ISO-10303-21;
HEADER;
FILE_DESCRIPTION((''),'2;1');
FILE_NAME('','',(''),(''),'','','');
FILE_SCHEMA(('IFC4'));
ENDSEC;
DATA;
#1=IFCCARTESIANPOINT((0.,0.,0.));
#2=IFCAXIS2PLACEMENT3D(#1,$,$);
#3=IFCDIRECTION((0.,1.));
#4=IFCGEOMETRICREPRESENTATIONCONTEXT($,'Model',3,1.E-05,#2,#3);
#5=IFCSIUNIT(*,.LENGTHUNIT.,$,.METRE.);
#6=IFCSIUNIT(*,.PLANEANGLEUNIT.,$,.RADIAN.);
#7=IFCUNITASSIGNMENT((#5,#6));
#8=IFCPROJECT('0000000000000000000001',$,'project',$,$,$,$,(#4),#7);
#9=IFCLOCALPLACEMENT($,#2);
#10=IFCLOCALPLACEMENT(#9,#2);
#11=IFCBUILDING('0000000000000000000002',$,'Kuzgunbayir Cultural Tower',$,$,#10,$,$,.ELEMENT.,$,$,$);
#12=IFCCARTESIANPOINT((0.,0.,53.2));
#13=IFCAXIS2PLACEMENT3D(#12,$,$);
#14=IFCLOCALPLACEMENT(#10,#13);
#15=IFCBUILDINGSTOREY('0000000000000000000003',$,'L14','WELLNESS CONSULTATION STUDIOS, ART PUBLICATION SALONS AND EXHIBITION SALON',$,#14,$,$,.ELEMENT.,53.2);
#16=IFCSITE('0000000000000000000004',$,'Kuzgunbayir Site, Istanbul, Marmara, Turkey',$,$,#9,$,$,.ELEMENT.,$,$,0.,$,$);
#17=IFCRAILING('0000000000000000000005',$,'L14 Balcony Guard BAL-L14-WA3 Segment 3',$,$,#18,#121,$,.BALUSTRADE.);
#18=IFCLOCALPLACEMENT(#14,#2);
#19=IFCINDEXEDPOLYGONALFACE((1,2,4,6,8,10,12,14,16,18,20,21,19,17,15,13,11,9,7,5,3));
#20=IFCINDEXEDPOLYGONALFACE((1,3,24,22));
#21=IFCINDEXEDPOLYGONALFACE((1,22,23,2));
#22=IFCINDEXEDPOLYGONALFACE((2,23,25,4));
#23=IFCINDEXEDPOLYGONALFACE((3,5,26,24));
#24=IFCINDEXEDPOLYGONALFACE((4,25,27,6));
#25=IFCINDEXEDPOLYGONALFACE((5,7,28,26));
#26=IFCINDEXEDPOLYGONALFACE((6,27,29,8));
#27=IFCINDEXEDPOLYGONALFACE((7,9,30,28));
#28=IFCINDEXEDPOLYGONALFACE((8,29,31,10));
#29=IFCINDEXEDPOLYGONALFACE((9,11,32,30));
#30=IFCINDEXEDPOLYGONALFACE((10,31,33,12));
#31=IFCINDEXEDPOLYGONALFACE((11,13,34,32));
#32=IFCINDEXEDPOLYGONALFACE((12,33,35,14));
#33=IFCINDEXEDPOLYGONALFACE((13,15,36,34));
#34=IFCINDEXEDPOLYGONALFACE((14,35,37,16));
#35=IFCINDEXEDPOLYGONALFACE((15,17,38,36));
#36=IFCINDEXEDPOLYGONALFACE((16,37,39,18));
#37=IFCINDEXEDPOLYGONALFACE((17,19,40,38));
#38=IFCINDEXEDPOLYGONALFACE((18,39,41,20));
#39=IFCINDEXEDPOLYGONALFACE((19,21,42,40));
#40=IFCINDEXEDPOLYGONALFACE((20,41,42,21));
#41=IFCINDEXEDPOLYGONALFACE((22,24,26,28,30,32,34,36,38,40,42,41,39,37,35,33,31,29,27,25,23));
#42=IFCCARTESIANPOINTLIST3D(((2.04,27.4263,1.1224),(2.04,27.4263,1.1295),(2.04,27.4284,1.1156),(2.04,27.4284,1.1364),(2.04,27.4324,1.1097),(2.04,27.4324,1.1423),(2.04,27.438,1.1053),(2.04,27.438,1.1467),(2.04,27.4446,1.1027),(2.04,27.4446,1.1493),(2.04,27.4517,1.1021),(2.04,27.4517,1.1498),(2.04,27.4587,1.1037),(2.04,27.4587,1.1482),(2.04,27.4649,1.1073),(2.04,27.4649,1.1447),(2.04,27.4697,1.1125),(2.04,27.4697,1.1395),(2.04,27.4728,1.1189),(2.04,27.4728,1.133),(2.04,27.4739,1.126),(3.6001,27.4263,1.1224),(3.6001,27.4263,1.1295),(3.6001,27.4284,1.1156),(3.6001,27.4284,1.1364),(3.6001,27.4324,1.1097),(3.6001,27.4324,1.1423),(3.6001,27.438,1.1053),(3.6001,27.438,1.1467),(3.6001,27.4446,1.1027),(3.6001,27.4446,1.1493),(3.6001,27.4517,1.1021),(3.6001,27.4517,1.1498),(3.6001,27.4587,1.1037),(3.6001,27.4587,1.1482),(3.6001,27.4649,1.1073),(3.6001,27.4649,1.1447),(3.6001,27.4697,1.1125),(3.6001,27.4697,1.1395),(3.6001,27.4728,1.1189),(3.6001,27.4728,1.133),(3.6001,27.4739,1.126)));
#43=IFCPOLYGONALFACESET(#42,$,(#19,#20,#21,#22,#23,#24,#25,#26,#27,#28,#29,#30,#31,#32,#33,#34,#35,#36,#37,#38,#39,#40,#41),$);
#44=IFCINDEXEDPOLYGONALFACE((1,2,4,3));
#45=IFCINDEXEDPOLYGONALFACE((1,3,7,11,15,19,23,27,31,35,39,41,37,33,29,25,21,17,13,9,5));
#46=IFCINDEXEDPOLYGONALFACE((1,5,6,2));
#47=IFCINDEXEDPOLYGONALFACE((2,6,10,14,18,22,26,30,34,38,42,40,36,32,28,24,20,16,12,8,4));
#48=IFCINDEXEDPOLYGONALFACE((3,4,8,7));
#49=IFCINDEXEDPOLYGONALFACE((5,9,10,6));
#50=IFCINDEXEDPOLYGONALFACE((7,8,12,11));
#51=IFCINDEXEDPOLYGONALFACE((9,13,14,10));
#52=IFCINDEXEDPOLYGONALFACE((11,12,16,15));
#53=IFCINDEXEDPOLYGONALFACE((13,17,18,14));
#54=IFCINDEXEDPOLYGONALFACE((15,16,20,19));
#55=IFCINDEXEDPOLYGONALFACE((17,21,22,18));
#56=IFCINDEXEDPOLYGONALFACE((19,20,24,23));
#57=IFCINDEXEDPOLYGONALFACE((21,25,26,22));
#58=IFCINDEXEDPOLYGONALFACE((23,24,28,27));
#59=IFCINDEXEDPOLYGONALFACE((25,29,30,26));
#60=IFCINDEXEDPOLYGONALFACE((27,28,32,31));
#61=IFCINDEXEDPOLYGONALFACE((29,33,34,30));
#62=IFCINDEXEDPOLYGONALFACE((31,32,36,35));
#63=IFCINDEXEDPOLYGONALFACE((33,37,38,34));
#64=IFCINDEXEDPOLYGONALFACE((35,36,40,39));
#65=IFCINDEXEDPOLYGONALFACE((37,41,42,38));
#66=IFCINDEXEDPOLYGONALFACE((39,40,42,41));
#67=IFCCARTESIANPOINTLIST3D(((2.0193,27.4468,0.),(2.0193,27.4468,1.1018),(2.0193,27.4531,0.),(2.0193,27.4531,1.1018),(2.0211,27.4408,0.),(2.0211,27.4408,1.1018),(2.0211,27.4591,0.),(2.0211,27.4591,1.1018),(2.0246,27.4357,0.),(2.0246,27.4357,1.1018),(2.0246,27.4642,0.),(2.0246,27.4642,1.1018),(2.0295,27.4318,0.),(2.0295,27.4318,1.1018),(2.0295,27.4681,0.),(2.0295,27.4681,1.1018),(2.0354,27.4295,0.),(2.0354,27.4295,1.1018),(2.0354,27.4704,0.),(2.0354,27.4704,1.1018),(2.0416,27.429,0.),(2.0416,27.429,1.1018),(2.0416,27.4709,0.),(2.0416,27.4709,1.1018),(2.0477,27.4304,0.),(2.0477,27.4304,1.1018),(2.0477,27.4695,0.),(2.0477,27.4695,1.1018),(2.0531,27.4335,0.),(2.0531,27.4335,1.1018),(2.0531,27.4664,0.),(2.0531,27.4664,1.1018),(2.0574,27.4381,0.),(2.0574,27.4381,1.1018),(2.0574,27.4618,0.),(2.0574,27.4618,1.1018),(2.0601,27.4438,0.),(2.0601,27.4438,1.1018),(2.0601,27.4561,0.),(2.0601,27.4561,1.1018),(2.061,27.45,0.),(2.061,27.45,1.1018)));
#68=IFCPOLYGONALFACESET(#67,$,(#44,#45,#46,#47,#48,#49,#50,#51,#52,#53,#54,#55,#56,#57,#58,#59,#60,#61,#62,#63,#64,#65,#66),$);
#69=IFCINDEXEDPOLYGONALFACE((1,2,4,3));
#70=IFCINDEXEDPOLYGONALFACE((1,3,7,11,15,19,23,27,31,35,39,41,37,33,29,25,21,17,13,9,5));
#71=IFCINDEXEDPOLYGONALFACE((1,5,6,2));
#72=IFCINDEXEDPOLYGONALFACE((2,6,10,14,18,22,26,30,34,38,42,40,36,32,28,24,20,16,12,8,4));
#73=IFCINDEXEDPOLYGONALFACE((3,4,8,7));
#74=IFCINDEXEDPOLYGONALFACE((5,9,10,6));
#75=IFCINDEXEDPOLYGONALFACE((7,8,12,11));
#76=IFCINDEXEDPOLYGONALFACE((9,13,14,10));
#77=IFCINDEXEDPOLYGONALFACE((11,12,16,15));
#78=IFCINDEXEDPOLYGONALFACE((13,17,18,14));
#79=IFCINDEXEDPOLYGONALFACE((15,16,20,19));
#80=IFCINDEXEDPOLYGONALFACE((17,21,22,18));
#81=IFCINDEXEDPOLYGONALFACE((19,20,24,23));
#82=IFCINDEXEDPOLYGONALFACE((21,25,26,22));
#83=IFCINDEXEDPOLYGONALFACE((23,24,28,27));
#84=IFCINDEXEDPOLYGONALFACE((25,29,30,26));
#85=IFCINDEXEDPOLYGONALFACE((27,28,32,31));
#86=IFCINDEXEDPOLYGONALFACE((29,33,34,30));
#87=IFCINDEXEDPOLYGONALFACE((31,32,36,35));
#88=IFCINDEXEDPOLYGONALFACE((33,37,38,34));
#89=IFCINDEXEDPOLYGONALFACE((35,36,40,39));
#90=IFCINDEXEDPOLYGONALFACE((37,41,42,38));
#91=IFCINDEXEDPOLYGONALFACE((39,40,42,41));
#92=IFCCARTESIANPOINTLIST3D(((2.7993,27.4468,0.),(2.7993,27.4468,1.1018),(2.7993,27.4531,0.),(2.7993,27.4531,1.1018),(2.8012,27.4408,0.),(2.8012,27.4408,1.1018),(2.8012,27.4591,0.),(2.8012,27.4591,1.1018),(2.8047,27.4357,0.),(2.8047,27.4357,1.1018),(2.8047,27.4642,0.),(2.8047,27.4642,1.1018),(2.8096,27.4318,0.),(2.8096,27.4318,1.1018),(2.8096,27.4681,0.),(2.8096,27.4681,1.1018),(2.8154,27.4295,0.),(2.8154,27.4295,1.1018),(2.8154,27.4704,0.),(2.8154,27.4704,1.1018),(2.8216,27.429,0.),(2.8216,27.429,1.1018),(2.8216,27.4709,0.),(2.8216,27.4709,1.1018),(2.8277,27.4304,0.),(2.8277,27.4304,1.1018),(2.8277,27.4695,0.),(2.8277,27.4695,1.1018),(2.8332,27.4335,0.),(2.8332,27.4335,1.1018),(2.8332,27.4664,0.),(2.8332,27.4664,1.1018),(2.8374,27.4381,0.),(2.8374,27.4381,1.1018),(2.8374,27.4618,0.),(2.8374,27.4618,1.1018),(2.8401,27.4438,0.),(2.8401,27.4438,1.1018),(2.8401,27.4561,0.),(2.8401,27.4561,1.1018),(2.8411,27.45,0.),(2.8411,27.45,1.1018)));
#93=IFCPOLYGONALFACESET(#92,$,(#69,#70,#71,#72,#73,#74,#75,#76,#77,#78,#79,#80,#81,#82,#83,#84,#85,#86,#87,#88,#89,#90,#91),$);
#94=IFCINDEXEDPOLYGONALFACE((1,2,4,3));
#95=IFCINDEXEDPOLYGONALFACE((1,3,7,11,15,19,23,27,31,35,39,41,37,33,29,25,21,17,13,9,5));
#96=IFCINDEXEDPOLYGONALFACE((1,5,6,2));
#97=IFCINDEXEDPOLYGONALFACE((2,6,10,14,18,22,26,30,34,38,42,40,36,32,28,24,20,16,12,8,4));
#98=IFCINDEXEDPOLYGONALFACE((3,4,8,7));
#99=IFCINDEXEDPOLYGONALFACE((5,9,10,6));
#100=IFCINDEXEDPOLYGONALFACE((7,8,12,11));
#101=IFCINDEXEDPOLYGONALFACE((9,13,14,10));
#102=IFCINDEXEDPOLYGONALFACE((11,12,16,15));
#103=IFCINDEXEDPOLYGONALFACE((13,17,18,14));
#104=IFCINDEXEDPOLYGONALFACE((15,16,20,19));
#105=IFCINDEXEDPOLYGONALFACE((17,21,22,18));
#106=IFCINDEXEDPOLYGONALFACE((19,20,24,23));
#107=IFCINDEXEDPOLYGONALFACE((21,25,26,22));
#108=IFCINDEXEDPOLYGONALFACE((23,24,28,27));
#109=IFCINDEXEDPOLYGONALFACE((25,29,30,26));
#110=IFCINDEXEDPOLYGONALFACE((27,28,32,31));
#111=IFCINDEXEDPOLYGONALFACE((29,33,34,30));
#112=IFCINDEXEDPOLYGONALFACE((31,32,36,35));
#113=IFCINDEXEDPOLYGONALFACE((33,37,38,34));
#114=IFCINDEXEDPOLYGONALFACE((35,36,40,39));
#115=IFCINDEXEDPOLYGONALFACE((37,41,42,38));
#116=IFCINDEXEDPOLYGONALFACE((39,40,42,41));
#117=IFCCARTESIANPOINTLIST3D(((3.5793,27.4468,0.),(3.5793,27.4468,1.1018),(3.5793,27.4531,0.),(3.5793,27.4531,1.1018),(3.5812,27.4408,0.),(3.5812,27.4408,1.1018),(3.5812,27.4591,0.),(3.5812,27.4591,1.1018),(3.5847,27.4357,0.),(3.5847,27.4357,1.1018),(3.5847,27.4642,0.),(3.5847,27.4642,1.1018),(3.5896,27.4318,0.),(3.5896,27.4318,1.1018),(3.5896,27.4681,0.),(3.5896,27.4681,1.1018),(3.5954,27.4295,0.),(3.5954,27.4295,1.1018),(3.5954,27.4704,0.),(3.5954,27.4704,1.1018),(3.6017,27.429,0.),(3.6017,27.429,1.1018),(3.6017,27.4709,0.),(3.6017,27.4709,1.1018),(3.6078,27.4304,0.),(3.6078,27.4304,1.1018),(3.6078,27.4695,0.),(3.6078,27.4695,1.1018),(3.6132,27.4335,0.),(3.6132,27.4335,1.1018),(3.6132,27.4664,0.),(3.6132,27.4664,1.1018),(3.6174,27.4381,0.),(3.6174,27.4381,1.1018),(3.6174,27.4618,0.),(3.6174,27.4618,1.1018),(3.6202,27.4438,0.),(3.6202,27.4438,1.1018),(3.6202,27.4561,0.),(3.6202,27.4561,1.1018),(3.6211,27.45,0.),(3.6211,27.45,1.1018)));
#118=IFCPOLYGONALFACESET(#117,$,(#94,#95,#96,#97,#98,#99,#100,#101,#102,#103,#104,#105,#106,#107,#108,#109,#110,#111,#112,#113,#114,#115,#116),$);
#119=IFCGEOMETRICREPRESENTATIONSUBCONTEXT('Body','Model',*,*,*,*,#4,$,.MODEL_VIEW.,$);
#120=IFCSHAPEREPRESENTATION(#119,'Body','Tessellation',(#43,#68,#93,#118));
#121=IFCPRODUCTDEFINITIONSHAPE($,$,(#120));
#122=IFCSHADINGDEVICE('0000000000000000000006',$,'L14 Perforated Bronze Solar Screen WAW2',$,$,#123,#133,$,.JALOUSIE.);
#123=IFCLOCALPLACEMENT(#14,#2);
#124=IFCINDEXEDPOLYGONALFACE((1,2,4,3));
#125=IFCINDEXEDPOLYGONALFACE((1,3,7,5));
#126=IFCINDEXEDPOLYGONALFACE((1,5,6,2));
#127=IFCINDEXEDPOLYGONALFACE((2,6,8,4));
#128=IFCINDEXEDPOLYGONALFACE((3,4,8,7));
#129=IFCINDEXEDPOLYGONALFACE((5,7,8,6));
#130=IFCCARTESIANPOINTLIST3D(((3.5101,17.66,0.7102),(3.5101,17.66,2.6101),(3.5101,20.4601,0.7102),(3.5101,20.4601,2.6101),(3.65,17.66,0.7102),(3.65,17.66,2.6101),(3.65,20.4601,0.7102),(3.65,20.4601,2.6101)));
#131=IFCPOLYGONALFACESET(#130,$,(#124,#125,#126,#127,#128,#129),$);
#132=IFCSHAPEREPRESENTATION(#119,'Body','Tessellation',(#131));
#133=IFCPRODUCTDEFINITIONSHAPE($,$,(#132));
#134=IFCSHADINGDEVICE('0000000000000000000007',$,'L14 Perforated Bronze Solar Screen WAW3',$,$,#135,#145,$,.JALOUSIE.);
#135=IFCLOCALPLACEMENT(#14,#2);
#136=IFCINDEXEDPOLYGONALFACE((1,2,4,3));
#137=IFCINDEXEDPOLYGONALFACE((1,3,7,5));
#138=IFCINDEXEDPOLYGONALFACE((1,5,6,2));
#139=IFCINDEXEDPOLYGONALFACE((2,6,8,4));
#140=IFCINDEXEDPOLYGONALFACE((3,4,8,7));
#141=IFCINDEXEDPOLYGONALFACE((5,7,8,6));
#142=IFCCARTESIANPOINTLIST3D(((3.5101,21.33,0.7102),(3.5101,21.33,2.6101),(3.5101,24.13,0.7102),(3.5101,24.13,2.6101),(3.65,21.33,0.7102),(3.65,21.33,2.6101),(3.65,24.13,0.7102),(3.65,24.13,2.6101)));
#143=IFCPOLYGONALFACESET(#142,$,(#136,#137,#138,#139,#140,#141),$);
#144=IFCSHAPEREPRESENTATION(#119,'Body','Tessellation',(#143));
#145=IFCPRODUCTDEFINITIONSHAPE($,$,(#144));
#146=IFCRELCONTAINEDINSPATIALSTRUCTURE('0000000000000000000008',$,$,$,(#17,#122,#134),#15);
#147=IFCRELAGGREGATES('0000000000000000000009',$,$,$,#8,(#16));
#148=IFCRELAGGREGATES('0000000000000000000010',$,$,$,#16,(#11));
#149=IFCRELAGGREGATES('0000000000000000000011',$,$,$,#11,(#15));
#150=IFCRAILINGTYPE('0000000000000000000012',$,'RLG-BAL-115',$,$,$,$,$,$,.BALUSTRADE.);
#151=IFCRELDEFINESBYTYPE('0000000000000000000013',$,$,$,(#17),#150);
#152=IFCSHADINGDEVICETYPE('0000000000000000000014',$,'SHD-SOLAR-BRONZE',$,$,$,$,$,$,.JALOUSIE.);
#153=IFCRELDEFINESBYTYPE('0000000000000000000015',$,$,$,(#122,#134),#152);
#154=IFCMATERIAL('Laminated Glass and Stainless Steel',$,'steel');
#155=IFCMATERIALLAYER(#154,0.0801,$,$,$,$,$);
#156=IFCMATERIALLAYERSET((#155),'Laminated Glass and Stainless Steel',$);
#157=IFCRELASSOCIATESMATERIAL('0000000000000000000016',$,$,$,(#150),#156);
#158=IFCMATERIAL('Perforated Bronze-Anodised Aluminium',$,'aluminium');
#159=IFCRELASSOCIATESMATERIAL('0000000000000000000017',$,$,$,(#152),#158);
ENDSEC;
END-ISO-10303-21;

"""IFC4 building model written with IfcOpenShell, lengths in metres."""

from ifc_helpers import new_model, si_unit, direction, frame, origin, origin_2d, place, context, subcontext, project, spatial, rectangle, circle, extrude, material, layer, layer_set, type_object, element, save


model = new_model("IFC4")

# Units and contexts
model_context = context("Model", 3, precision=1e-05, world=origin(), true_north=direction((0.0, 1.0)))
body_context = subcontext(model_context, "Body", "Model", "MODEL_VIEW")
ifc_project = project(units=[si_unit("LENGTHUNIT", "METRE"), si_unit("PLANEANGLEUNIT", "RADIAN")], contexts=[model_context])

# Site, building, storey
site_placement = place(None, origin())
site = spatial("IfcSite", under=ifc_project, at=site_placement, Name="Kuzgunbayir Site, Istanbul, Marmara, Turkey", CompositionType="ELEMENT", RefElevation=0.0)
building_placement = place(site_placement, origin())
building = spatial("IfcBuilding", under=site, at=building_placement, Name="Kuzgunbayir Cultural Tower", CompositionType="ELEMENT")
storey_placement = place(building_placement, frame((0.0, 0.0, 53.2)))
storey = spatial("IfcBuildingStorey", under=building, at=storey_placement, Name="L14", Description="WELLNESS CONSULTATION STUDIOS, ART PUBLICATION SALONS AND EXHIBITION SALON", CompositionType="ELEMENT", Elevation=53.2)

# Railing
ifc_material_1 = material(Name="Laminated Glass and Stainless Steel", Category="steel")
ifc_layer_1 = layer(ifc_material_1, 0.0801)
ifc_layer_set_1 = layer_set([ifc_layer_1], Name="Laminated Glass and Stainless Steel")
railing_type = type_object("IfcRailingType", Name="RLG-BAL-115", PredefinedType="BALUSTRADE", material=ifc_layer_set_1)
railing_1_placement = place(storey_placement, frame((2.04, 27.45, 0.0)))
element("IfcRailing", 1, at=railing_1_placement, inside=storey, type_object=railing_type, Name="L14 Balcony Guard BAL-L14-WA3 Segment 3", PredefinedType="BALUSTRADE", context=body_context, shape_type="SweptSolid", body=[
    extrude(circle(Radius=0.0239, at=origin_2d()), frame((0.0, 0.0, 1.126), z_axis=(1.0, 0.0, 0.0), x_axis=(0.0, 1.0, 0.0)), (0.0, 0.0, 1.0), 1.5601),
    extrude(circle(Radius=0.021, at=origin_2d()), origin(), (0.0, 0.0, 1.0), 1.1018),
    extrude(circle(Radius=0.021, at=origin_2d()), frame((0.78, 0.0, 0.0)), (0.0, 0.0, 1.0), 1.1018),
    extrude(circle(Radius=0.021, at=origin_2d()), frame((1.5601, 0.0, 0.0)), (0.0, 0.0, 1.0), 1.1018),
])

# Shading devices
ifc_material_2 = material(Name="Perforated Bronze-Anodised Aluminium", Category="aluminium")
shading_device_type = type_object("IfcShadingDeviceType", Name="SHD-SOLAR-BRONZE", PredefinedType="JALOUSIE", material=ifc_material_2)
for number, where, z_axis, x_axis, name in (
    (2, (3.5801, 19.0601, 0.7102), (0.0, 0.0, 1.0), (1.0, 0.0, 0.0), "L14 Perforated Bronze Solar Screen WAW2"),
    (3, (3.5801, 22.73, 0.7102), (0.0, 0.0, 1.0), (1.0, 0.0, 0.0), "L14 Perforated Bronze Solar Screen WAW3"),
):
    element("IfcShadingDevice", number, at=place(storey_placement, frame(where, z_axis=z_axis, x_axis=x_axis)), inside=storey, type_object=shading_device_type, Name=name, PredefinedType="JALOUSIE", context=body_context, shape_type="SweptSolid", body=[
        extrude(rectangle(XDim=0.1399, YDim=2.8, at=origin_2d()), origin(), (0.0, 0.0, 1.0), 1.8999),
    ])

save(model, "model.ifc")
